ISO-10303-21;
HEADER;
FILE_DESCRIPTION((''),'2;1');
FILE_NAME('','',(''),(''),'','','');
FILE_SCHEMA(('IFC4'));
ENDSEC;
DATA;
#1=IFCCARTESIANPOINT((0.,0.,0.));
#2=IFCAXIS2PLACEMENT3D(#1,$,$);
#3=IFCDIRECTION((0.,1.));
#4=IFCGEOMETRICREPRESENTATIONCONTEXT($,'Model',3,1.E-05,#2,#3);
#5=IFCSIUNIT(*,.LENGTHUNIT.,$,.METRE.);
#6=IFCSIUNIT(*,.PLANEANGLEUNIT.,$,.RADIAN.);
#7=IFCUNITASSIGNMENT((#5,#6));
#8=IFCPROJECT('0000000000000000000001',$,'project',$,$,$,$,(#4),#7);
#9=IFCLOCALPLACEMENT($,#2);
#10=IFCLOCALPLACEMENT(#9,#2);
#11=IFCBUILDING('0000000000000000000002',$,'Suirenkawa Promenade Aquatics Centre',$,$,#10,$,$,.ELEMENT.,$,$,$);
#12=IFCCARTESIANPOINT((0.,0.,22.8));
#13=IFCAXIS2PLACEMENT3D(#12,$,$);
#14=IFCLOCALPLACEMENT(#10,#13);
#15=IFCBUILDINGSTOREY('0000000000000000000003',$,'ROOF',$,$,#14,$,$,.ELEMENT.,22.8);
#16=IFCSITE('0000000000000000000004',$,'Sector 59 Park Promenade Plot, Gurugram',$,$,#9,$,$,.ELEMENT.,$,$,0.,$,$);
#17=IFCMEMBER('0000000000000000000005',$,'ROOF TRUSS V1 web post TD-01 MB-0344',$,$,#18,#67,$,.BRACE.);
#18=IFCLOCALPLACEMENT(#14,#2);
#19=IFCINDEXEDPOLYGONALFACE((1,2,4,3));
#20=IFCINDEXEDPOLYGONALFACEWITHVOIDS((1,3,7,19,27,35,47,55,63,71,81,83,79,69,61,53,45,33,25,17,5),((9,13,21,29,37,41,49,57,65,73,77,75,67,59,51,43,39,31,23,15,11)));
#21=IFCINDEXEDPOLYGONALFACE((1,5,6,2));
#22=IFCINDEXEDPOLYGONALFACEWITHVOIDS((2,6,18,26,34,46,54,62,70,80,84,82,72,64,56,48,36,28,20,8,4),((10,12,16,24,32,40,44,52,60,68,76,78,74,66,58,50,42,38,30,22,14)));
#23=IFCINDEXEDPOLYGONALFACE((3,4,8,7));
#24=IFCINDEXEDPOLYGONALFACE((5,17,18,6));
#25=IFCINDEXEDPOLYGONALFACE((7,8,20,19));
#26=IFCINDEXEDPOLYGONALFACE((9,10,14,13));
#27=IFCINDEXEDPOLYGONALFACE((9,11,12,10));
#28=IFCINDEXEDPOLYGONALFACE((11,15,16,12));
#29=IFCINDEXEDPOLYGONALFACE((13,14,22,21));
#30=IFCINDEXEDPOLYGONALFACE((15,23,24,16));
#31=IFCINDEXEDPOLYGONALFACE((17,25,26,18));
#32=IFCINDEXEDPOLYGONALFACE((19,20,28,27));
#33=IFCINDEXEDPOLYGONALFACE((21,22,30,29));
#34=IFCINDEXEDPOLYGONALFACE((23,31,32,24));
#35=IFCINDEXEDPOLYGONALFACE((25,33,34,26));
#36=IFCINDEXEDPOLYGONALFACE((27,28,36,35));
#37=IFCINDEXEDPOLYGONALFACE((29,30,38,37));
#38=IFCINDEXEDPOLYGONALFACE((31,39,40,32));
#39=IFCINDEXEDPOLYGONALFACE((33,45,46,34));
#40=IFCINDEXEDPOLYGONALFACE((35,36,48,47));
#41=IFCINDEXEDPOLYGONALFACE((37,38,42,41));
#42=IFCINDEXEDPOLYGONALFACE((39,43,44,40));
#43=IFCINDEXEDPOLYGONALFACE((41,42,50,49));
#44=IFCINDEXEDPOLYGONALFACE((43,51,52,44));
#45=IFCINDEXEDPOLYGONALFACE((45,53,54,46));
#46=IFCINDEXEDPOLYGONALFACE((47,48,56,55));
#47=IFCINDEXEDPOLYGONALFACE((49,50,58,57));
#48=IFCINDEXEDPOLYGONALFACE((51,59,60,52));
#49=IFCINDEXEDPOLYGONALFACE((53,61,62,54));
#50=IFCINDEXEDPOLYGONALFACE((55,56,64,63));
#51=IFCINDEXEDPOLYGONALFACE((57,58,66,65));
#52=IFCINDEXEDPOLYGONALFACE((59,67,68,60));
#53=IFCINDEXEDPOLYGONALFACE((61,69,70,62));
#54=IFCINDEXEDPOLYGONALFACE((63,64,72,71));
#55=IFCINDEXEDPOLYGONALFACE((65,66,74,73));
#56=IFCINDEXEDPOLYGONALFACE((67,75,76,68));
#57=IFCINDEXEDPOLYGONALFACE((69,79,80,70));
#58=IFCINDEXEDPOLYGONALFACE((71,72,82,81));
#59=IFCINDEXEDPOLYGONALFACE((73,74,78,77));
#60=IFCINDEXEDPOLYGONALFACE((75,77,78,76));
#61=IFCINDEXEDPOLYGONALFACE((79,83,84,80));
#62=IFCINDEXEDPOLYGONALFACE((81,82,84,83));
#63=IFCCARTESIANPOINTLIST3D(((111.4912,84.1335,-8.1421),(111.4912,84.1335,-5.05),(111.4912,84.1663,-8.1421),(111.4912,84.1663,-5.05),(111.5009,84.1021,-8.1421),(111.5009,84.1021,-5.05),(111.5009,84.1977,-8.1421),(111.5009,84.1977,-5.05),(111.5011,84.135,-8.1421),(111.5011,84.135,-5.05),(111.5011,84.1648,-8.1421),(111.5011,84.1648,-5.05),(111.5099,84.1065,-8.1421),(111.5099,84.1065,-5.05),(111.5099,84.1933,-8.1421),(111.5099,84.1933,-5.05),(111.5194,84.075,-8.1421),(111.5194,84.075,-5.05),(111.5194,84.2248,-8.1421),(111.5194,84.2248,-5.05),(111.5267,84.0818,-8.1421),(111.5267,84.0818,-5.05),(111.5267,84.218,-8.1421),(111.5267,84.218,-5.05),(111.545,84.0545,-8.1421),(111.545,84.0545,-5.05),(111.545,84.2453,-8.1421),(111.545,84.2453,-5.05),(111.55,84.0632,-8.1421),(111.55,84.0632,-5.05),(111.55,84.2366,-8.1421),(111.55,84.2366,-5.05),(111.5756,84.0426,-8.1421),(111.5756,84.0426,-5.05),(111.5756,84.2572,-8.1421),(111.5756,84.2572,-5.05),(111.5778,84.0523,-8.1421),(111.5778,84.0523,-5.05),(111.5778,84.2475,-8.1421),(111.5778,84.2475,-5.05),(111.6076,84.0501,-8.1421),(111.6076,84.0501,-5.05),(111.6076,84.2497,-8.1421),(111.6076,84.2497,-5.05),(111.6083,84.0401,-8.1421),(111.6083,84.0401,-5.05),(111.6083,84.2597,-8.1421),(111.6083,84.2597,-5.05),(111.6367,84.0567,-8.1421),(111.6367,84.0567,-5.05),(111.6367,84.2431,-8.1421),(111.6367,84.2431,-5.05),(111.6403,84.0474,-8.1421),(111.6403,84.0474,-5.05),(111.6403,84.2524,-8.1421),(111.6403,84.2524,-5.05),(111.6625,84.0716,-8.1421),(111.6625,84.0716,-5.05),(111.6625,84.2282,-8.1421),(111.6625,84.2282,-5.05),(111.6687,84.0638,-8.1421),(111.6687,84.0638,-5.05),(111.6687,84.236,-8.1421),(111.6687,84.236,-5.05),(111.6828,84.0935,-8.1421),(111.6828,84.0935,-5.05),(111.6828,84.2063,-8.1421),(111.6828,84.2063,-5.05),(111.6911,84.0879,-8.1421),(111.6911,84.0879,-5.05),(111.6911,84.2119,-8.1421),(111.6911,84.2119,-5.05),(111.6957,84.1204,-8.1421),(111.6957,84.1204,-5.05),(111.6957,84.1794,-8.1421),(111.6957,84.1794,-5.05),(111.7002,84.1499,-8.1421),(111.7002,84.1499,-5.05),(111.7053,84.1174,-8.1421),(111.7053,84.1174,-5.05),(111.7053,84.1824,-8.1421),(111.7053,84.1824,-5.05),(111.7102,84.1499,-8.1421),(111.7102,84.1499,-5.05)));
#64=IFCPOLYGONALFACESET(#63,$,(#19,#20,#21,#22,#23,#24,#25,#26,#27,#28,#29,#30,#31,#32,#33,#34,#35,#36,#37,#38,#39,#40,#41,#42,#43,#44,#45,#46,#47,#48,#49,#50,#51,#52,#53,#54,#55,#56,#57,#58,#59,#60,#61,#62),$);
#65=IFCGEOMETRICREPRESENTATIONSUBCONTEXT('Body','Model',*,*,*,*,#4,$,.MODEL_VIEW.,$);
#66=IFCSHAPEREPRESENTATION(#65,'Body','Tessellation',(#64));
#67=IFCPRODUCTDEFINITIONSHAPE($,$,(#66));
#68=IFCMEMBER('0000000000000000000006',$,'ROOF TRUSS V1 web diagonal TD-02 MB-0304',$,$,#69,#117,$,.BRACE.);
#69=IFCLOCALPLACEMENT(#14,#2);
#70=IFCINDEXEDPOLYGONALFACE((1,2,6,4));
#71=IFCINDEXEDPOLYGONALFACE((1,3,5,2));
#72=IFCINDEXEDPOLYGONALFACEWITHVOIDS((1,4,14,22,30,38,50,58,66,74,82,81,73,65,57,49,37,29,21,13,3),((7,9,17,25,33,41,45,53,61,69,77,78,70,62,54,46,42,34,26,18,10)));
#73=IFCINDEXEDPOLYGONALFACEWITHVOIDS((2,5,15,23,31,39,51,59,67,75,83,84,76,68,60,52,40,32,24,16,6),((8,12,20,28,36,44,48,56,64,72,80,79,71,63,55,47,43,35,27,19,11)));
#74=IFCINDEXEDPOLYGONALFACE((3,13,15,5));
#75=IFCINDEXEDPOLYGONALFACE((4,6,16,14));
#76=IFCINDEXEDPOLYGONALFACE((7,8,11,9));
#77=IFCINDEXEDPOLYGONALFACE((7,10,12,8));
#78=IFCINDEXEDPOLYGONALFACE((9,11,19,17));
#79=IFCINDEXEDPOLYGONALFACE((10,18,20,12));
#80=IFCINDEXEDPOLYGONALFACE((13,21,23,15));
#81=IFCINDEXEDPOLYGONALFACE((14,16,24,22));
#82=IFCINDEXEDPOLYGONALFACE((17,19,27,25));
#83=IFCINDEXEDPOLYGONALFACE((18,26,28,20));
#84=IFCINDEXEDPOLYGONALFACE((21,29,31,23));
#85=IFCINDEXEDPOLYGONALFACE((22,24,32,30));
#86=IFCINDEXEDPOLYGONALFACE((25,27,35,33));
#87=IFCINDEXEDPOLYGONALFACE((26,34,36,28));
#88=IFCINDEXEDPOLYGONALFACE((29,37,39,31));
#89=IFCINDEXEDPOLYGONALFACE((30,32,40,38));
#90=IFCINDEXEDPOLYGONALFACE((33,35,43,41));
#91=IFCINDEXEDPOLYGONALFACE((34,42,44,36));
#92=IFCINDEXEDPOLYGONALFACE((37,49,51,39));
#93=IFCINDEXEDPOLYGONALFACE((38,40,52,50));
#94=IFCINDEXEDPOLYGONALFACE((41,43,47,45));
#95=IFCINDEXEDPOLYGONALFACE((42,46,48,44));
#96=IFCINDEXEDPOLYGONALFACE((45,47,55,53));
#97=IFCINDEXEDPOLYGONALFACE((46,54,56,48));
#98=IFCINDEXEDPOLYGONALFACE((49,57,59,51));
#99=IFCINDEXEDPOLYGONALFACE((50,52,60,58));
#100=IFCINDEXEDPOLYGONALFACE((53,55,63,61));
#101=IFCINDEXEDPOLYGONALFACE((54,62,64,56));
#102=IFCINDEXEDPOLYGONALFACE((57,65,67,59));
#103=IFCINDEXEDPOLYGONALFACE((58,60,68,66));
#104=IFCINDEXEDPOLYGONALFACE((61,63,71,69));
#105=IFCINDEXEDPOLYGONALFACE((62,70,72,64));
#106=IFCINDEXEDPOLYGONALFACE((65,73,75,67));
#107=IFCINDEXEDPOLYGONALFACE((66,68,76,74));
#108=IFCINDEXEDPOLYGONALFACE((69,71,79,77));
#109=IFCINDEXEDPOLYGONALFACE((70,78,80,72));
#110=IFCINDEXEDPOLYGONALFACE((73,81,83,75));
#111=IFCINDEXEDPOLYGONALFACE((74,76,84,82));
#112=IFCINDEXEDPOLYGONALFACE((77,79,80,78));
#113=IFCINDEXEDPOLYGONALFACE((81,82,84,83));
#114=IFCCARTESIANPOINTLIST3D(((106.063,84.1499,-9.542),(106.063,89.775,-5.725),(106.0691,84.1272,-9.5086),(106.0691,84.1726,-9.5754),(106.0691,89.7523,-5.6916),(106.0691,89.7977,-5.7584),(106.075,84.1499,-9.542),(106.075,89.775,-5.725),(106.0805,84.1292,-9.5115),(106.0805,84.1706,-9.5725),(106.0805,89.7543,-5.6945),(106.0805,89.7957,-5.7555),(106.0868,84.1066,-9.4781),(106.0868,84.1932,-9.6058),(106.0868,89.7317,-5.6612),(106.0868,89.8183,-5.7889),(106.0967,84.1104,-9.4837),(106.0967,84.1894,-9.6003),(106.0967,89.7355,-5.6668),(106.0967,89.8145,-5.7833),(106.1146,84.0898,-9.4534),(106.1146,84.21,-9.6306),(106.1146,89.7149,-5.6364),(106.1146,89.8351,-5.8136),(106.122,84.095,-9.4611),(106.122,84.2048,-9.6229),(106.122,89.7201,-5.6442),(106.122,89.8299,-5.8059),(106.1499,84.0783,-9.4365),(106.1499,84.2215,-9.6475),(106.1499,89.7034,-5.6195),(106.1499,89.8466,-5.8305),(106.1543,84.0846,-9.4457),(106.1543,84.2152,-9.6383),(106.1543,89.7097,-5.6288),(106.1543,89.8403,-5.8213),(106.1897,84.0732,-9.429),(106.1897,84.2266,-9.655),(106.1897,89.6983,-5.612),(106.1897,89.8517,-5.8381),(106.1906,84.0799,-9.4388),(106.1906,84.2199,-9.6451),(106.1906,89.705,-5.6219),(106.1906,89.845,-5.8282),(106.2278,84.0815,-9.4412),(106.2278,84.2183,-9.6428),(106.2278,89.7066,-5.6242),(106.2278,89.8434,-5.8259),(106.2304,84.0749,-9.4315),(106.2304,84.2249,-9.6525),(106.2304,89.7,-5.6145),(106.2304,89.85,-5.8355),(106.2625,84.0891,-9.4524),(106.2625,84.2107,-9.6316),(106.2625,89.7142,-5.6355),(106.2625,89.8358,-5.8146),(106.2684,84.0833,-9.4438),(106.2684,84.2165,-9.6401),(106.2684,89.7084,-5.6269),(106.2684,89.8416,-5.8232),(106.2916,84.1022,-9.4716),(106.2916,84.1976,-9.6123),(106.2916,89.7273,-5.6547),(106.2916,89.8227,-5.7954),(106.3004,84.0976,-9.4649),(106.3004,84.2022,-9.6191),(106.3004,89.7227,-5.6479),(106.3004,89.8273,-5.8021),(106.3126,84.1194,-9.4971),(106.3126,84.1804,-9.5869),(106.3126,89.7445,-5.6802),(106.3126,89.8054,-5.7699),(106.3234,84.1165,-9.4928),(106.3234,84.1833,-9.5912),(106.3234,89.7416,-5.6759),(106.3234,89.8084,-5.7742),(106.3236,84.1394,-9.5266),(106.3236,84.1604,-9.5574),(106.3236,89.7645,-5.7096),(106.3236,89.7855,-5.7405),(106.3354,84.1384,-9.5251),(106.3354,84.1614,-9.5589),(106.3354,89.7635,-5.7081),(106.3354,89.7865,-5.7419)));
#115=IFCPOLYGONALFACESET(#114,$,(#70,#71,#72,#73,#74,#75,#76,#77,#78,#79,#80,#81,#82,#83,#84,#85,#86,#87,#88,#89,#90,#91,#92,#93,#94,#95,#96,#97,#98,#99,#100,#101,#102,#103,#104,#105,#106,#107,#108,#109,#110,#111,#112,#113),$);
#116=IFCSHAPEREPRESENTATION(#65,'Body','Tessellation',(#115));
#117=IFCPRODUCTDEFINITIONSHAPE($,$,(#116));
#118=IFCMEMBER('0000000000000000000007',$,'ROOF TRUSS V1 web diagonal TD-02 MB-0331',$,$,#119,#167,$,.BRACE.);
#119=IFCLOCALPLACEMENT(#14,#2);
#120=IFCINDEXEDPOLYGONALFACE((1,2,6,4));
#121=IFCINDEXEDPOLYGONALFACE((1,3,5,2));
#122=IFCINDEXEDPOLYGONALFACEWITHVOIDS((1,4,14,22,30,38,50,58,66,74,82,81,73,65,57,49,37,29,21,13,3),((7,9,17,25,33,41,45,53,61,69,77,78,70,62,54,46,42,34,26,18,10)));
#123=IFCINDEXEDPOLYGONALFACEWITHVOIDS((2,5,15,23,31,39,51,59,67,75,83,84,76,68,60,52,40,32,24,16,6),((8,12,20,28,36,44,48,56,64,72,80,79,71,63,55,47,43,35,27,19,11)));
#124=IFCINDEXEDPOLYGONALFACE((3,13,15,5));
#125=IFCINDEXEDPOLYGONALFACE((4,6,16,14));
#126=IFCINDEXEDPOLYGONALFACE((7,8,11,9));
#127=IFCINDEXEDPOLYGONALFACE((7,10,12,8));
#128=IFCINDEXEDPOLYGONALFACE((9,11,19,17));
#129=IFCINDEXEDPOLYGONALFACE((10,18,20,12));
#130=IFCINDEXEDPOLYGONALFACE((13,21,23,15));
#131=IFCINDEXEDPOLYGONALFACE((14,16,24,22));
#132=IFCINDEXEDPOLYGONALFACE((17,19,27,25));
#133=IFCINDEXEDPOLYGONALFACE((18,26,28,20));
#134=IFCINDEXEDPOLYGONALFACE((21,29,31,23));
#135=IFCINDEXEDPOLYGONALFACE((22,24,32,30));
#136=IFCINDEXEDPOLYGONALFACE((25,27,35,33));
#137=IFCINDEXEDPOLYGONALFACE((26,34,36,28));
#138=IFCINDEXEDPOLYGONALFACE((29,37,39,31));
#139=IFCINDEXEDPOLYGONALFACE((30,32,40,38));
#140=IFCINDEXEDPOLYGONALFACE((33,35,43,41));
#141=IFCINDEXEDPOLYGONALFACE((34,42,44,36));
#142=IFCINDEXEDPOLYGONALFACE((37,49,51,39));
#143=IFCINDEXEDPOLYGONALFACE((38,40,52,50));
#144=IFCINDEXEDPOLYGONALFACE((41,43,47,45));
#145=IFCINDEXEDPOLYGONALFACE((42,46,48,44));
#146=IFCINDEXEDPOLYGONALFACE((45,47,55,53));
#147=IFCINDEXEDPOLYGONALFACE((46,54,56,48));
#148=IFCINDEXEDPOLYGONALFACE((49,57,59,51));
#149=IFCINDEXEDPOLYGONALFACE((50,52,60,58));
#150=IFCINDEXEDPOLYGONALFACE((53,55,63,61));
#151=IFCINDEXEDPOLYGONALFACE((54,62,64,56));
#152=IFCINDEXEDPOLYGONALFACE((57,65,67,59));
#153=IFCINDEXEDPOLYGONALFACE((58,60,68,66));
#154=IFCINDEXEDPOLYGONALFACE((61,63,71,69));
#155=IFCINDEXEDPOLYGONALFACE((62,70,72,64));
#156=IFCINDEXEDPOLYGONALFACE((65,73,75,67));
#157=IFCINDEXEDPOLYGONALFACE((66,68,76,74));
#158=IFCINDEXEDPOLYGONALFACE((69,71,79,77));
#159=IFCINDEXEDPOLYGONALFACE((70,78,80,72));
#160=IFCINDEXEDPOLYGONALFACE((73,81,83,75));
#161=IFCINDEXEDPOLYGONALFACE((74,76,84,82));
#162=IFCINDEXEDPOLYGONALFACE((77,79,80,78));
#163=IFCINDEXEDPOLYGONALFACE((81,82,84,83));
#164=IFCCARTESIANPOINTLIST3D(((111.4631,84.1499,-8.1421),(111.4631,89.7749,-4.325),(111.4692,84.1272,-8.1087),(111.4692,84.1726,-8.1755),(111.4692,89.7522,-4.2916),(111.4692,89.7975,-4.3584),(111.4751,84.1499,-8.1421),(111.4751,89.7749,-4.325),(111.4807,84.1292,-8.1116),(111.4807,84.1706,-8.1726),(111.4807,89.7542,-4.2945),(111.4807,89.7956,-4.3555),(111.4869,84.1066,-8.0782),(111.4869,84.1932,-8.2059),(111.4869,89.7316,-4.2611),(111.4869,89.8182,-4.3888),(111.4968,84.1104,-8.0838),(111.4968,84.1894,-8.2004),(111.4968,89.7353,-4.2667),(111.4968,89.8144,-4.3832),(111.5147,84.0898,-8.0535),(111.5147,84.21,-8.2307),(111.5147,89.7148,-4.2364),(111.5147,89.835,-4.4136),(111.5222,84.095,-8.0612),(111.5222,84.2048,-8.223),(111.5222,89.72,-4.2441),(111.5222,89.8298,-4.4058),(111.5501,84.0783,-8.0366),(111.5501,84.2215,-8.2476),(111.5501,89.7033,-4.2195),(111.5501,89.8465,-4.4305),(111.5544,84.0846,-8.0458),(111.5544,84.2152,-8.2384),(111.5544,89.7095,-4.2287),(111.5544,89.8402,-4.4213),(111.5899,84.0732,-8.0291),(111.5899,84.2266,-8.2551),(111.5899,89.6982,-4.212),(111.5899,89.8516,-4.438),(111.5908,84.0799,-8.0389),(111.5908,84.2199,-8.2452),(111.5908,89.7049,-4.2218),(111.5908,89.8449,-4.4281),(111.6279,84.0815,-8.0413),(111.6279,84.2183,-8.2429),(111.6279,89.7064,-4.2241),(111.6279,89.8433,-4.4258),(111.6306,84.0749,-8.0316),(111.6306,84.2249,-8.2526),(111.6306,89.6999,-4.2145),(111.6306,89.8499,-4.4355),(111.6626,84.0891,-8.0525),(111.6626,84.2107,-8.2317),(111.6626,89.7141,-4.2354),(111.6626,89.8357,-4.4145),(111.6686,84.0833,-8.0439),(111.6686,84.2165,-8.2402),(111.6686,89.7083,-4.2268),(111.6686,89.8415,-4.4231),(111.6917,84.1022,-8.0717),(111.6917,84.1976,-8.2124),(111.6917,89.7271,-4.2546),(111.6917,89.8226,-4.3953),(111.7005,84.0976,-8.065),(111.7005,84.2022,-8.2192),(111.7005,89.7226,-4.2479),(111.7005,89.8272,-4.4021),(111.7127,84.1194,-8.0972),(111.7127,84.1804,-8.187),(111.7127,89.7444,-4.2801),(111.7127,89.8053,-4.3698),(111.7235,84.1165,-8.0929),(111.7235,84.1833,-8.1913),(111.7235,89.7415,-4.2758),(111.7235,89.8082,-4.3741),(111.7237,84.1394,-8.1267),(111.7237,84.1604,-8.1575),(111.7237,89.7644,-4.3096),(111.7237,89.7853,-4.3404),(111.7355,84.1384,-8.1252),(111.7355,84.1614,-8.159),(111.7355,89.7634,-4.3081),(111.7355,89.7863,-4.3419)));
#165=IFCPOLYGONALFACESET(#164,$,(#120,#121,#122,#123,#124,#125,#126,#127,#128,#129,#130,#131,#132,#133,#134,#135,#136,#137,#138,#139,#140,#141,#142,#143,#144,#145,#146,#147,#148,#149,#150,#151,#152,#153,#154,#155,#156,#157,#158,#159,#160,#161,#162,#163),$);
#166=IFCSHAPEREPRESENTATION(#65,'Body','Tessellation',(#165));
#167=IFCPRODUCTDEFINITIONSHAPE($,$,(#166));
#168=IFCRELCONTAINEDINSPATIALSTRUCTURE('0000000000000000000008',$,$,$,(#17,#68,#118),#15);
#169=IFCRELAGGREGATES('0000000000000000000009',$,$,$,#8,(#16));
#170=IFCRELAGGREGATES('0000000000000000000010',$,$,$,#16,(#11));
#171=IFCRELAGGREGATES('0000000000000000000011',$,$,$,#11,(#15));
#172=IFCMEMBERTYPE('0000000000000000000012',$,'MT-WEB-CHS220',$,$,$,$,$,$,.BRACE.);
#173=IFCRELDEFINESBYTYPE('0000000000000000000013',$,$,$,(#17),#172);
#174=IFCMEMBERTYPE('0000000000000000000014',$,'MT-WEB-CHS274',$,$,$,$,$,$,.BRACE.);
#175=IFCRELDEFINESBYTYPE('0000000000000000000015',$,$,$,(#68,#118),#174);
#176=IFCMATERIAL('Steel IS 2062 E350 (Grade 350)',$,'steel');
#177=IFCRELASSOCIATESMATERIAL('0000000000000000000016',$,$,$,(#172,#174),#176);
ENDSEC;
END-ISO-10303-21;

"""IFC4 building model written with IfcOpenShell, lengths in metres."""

from ifc_helpers import new_model, si_unit, direction, frame, origin, origin_2d, place, context, subcontext, project, spatial, hollow_circle, extrude, material, material_profile, profile_set, type_object, element, save


model = new_model("IFC4")

# Units and contexts
model_context = context("Model", 3, precision=1e-05, world=origin(), true_north=direction((0.0, 1.0)))
body_context = subcontext(model_context, "Body", "Model", "MODEL_VIEW")
ifc_project = project(units=[si_unit("LENGTHUNIT", "METRE"), si_unit("PLANEANGLEUNIT", "RADIAN")], contexts=[model_context])

# Site, building, storey
site_placement = place(None, origin())
site = spatial("IfcSite", under=ifc_project, at=site_placement, Name="Sector 59 Park Promenade Plot, Gurugram", CompositionType="ELEMENT", RefElevation=0.0)
building_placement = place(site_placement, origin())
building = spatial("IfcBuilding", under=site, at=building_placement, Name="Suirenkawa Promenade Aquatics Centre", CompositionType="ELEMENT")
storey_placement = place(building_placement, frame((0.0, 0.0, 22.8)))
storey = spatial("IfcBuildingStorey", under=building, at=storey_placement, Name="ROOF", CompositionType="ELEMENT", Elevation=22.8)

# Shared definitions
ifc_material = material(Name="Steel IS 2062 E350 (Grade 350)", Category="steel")

# Members
ifc_material_profile_1 = material_profile(ifc_material, hollow_circle(Radius=0.1101, WallThickness=0.01, at=origin_2d()), Name="CHS 220x10", Category="steel")
ifc_profile_set_1 = profile_set([ifc_material_profile_1], Name="Steel IS 2062 E350 (Grade 350)")
member_type_1 = type_object("IfcMemberType", Name="MT-WEB-CHS220", PredefinedType="BRACE", material=ifc_profile_set_1)
for number, where, z_axis, x_axis, name in (
    (1, (111.6001, 84.1499, -8.1421), (0.0, 0.0, 1.0), (1.0, 0.0, 0.0), "ROOF TRUSS V1 web post TD-01 MB-0344"),
):
    element("IfcMember", number, at=place(storey_placement, frame(where, z_axis=z_axis, x_axis=x_axis)), inside=storey, type_object=member_type_1, Name=name, PredefinedType="BRACE", context=body_context, shape_type="SweptSolid", body=[
        extrude(hollow_circle(Radius=0.1101, WallThickness=0.01, at=origin_2d()), origin(), (0.0, 0.0, 1.0), 3.092),
    ])
ifc_material_profile_2 = material_profile(ifc_material, hollow_circle(Radius=0.137, WallThickness=0.012, at=origin_2d()), Name="CHS 274x12", Category="steel")
ifc_profile_set_2 = profile_set([ifc_material_profile_2], Name="Steel IS 2062 E350 (Grade 350)")
member_type_2 = type_object("IfcMemberType", Name="MT-WEB-CHS274", PredefinedType="BRACE", material=ifc_profile_set_2)
for number, where, z_axis, x_axis, name in (
    (2, (106.2, 84.1499, -9.542), (0.0, 0.827481, 0.561494), (-1.0, 0.0, 0.0), "ROOF TRUSS V1 web diagonal TD-02 MB-0304"),
    (3, (111.6001, 84.1499, -8.1421), (0.0, 0.827464, 0.561519), (-1.0, 0.0, 0.0), "ROOF TRUSS V1 web diagonal TD-02 MB-0331"),
):
    element("IfcMember", number, at=place(storey_placement, frame(where, z_axis=z_axis, x_axis=x_axis)), inside=storey, type_object=member_type_2, Name=name, PredefinedType="BRACE", context=body_context, shape_type="SweptSolid", body=[
        extrude(hollow_circle(Radius=0.137, WallThickness=0.012, at=origin_2d()), origin(), (0.0, 0.0, 1.0), 6.7979),
    ])

save(model, "model.ifc")
